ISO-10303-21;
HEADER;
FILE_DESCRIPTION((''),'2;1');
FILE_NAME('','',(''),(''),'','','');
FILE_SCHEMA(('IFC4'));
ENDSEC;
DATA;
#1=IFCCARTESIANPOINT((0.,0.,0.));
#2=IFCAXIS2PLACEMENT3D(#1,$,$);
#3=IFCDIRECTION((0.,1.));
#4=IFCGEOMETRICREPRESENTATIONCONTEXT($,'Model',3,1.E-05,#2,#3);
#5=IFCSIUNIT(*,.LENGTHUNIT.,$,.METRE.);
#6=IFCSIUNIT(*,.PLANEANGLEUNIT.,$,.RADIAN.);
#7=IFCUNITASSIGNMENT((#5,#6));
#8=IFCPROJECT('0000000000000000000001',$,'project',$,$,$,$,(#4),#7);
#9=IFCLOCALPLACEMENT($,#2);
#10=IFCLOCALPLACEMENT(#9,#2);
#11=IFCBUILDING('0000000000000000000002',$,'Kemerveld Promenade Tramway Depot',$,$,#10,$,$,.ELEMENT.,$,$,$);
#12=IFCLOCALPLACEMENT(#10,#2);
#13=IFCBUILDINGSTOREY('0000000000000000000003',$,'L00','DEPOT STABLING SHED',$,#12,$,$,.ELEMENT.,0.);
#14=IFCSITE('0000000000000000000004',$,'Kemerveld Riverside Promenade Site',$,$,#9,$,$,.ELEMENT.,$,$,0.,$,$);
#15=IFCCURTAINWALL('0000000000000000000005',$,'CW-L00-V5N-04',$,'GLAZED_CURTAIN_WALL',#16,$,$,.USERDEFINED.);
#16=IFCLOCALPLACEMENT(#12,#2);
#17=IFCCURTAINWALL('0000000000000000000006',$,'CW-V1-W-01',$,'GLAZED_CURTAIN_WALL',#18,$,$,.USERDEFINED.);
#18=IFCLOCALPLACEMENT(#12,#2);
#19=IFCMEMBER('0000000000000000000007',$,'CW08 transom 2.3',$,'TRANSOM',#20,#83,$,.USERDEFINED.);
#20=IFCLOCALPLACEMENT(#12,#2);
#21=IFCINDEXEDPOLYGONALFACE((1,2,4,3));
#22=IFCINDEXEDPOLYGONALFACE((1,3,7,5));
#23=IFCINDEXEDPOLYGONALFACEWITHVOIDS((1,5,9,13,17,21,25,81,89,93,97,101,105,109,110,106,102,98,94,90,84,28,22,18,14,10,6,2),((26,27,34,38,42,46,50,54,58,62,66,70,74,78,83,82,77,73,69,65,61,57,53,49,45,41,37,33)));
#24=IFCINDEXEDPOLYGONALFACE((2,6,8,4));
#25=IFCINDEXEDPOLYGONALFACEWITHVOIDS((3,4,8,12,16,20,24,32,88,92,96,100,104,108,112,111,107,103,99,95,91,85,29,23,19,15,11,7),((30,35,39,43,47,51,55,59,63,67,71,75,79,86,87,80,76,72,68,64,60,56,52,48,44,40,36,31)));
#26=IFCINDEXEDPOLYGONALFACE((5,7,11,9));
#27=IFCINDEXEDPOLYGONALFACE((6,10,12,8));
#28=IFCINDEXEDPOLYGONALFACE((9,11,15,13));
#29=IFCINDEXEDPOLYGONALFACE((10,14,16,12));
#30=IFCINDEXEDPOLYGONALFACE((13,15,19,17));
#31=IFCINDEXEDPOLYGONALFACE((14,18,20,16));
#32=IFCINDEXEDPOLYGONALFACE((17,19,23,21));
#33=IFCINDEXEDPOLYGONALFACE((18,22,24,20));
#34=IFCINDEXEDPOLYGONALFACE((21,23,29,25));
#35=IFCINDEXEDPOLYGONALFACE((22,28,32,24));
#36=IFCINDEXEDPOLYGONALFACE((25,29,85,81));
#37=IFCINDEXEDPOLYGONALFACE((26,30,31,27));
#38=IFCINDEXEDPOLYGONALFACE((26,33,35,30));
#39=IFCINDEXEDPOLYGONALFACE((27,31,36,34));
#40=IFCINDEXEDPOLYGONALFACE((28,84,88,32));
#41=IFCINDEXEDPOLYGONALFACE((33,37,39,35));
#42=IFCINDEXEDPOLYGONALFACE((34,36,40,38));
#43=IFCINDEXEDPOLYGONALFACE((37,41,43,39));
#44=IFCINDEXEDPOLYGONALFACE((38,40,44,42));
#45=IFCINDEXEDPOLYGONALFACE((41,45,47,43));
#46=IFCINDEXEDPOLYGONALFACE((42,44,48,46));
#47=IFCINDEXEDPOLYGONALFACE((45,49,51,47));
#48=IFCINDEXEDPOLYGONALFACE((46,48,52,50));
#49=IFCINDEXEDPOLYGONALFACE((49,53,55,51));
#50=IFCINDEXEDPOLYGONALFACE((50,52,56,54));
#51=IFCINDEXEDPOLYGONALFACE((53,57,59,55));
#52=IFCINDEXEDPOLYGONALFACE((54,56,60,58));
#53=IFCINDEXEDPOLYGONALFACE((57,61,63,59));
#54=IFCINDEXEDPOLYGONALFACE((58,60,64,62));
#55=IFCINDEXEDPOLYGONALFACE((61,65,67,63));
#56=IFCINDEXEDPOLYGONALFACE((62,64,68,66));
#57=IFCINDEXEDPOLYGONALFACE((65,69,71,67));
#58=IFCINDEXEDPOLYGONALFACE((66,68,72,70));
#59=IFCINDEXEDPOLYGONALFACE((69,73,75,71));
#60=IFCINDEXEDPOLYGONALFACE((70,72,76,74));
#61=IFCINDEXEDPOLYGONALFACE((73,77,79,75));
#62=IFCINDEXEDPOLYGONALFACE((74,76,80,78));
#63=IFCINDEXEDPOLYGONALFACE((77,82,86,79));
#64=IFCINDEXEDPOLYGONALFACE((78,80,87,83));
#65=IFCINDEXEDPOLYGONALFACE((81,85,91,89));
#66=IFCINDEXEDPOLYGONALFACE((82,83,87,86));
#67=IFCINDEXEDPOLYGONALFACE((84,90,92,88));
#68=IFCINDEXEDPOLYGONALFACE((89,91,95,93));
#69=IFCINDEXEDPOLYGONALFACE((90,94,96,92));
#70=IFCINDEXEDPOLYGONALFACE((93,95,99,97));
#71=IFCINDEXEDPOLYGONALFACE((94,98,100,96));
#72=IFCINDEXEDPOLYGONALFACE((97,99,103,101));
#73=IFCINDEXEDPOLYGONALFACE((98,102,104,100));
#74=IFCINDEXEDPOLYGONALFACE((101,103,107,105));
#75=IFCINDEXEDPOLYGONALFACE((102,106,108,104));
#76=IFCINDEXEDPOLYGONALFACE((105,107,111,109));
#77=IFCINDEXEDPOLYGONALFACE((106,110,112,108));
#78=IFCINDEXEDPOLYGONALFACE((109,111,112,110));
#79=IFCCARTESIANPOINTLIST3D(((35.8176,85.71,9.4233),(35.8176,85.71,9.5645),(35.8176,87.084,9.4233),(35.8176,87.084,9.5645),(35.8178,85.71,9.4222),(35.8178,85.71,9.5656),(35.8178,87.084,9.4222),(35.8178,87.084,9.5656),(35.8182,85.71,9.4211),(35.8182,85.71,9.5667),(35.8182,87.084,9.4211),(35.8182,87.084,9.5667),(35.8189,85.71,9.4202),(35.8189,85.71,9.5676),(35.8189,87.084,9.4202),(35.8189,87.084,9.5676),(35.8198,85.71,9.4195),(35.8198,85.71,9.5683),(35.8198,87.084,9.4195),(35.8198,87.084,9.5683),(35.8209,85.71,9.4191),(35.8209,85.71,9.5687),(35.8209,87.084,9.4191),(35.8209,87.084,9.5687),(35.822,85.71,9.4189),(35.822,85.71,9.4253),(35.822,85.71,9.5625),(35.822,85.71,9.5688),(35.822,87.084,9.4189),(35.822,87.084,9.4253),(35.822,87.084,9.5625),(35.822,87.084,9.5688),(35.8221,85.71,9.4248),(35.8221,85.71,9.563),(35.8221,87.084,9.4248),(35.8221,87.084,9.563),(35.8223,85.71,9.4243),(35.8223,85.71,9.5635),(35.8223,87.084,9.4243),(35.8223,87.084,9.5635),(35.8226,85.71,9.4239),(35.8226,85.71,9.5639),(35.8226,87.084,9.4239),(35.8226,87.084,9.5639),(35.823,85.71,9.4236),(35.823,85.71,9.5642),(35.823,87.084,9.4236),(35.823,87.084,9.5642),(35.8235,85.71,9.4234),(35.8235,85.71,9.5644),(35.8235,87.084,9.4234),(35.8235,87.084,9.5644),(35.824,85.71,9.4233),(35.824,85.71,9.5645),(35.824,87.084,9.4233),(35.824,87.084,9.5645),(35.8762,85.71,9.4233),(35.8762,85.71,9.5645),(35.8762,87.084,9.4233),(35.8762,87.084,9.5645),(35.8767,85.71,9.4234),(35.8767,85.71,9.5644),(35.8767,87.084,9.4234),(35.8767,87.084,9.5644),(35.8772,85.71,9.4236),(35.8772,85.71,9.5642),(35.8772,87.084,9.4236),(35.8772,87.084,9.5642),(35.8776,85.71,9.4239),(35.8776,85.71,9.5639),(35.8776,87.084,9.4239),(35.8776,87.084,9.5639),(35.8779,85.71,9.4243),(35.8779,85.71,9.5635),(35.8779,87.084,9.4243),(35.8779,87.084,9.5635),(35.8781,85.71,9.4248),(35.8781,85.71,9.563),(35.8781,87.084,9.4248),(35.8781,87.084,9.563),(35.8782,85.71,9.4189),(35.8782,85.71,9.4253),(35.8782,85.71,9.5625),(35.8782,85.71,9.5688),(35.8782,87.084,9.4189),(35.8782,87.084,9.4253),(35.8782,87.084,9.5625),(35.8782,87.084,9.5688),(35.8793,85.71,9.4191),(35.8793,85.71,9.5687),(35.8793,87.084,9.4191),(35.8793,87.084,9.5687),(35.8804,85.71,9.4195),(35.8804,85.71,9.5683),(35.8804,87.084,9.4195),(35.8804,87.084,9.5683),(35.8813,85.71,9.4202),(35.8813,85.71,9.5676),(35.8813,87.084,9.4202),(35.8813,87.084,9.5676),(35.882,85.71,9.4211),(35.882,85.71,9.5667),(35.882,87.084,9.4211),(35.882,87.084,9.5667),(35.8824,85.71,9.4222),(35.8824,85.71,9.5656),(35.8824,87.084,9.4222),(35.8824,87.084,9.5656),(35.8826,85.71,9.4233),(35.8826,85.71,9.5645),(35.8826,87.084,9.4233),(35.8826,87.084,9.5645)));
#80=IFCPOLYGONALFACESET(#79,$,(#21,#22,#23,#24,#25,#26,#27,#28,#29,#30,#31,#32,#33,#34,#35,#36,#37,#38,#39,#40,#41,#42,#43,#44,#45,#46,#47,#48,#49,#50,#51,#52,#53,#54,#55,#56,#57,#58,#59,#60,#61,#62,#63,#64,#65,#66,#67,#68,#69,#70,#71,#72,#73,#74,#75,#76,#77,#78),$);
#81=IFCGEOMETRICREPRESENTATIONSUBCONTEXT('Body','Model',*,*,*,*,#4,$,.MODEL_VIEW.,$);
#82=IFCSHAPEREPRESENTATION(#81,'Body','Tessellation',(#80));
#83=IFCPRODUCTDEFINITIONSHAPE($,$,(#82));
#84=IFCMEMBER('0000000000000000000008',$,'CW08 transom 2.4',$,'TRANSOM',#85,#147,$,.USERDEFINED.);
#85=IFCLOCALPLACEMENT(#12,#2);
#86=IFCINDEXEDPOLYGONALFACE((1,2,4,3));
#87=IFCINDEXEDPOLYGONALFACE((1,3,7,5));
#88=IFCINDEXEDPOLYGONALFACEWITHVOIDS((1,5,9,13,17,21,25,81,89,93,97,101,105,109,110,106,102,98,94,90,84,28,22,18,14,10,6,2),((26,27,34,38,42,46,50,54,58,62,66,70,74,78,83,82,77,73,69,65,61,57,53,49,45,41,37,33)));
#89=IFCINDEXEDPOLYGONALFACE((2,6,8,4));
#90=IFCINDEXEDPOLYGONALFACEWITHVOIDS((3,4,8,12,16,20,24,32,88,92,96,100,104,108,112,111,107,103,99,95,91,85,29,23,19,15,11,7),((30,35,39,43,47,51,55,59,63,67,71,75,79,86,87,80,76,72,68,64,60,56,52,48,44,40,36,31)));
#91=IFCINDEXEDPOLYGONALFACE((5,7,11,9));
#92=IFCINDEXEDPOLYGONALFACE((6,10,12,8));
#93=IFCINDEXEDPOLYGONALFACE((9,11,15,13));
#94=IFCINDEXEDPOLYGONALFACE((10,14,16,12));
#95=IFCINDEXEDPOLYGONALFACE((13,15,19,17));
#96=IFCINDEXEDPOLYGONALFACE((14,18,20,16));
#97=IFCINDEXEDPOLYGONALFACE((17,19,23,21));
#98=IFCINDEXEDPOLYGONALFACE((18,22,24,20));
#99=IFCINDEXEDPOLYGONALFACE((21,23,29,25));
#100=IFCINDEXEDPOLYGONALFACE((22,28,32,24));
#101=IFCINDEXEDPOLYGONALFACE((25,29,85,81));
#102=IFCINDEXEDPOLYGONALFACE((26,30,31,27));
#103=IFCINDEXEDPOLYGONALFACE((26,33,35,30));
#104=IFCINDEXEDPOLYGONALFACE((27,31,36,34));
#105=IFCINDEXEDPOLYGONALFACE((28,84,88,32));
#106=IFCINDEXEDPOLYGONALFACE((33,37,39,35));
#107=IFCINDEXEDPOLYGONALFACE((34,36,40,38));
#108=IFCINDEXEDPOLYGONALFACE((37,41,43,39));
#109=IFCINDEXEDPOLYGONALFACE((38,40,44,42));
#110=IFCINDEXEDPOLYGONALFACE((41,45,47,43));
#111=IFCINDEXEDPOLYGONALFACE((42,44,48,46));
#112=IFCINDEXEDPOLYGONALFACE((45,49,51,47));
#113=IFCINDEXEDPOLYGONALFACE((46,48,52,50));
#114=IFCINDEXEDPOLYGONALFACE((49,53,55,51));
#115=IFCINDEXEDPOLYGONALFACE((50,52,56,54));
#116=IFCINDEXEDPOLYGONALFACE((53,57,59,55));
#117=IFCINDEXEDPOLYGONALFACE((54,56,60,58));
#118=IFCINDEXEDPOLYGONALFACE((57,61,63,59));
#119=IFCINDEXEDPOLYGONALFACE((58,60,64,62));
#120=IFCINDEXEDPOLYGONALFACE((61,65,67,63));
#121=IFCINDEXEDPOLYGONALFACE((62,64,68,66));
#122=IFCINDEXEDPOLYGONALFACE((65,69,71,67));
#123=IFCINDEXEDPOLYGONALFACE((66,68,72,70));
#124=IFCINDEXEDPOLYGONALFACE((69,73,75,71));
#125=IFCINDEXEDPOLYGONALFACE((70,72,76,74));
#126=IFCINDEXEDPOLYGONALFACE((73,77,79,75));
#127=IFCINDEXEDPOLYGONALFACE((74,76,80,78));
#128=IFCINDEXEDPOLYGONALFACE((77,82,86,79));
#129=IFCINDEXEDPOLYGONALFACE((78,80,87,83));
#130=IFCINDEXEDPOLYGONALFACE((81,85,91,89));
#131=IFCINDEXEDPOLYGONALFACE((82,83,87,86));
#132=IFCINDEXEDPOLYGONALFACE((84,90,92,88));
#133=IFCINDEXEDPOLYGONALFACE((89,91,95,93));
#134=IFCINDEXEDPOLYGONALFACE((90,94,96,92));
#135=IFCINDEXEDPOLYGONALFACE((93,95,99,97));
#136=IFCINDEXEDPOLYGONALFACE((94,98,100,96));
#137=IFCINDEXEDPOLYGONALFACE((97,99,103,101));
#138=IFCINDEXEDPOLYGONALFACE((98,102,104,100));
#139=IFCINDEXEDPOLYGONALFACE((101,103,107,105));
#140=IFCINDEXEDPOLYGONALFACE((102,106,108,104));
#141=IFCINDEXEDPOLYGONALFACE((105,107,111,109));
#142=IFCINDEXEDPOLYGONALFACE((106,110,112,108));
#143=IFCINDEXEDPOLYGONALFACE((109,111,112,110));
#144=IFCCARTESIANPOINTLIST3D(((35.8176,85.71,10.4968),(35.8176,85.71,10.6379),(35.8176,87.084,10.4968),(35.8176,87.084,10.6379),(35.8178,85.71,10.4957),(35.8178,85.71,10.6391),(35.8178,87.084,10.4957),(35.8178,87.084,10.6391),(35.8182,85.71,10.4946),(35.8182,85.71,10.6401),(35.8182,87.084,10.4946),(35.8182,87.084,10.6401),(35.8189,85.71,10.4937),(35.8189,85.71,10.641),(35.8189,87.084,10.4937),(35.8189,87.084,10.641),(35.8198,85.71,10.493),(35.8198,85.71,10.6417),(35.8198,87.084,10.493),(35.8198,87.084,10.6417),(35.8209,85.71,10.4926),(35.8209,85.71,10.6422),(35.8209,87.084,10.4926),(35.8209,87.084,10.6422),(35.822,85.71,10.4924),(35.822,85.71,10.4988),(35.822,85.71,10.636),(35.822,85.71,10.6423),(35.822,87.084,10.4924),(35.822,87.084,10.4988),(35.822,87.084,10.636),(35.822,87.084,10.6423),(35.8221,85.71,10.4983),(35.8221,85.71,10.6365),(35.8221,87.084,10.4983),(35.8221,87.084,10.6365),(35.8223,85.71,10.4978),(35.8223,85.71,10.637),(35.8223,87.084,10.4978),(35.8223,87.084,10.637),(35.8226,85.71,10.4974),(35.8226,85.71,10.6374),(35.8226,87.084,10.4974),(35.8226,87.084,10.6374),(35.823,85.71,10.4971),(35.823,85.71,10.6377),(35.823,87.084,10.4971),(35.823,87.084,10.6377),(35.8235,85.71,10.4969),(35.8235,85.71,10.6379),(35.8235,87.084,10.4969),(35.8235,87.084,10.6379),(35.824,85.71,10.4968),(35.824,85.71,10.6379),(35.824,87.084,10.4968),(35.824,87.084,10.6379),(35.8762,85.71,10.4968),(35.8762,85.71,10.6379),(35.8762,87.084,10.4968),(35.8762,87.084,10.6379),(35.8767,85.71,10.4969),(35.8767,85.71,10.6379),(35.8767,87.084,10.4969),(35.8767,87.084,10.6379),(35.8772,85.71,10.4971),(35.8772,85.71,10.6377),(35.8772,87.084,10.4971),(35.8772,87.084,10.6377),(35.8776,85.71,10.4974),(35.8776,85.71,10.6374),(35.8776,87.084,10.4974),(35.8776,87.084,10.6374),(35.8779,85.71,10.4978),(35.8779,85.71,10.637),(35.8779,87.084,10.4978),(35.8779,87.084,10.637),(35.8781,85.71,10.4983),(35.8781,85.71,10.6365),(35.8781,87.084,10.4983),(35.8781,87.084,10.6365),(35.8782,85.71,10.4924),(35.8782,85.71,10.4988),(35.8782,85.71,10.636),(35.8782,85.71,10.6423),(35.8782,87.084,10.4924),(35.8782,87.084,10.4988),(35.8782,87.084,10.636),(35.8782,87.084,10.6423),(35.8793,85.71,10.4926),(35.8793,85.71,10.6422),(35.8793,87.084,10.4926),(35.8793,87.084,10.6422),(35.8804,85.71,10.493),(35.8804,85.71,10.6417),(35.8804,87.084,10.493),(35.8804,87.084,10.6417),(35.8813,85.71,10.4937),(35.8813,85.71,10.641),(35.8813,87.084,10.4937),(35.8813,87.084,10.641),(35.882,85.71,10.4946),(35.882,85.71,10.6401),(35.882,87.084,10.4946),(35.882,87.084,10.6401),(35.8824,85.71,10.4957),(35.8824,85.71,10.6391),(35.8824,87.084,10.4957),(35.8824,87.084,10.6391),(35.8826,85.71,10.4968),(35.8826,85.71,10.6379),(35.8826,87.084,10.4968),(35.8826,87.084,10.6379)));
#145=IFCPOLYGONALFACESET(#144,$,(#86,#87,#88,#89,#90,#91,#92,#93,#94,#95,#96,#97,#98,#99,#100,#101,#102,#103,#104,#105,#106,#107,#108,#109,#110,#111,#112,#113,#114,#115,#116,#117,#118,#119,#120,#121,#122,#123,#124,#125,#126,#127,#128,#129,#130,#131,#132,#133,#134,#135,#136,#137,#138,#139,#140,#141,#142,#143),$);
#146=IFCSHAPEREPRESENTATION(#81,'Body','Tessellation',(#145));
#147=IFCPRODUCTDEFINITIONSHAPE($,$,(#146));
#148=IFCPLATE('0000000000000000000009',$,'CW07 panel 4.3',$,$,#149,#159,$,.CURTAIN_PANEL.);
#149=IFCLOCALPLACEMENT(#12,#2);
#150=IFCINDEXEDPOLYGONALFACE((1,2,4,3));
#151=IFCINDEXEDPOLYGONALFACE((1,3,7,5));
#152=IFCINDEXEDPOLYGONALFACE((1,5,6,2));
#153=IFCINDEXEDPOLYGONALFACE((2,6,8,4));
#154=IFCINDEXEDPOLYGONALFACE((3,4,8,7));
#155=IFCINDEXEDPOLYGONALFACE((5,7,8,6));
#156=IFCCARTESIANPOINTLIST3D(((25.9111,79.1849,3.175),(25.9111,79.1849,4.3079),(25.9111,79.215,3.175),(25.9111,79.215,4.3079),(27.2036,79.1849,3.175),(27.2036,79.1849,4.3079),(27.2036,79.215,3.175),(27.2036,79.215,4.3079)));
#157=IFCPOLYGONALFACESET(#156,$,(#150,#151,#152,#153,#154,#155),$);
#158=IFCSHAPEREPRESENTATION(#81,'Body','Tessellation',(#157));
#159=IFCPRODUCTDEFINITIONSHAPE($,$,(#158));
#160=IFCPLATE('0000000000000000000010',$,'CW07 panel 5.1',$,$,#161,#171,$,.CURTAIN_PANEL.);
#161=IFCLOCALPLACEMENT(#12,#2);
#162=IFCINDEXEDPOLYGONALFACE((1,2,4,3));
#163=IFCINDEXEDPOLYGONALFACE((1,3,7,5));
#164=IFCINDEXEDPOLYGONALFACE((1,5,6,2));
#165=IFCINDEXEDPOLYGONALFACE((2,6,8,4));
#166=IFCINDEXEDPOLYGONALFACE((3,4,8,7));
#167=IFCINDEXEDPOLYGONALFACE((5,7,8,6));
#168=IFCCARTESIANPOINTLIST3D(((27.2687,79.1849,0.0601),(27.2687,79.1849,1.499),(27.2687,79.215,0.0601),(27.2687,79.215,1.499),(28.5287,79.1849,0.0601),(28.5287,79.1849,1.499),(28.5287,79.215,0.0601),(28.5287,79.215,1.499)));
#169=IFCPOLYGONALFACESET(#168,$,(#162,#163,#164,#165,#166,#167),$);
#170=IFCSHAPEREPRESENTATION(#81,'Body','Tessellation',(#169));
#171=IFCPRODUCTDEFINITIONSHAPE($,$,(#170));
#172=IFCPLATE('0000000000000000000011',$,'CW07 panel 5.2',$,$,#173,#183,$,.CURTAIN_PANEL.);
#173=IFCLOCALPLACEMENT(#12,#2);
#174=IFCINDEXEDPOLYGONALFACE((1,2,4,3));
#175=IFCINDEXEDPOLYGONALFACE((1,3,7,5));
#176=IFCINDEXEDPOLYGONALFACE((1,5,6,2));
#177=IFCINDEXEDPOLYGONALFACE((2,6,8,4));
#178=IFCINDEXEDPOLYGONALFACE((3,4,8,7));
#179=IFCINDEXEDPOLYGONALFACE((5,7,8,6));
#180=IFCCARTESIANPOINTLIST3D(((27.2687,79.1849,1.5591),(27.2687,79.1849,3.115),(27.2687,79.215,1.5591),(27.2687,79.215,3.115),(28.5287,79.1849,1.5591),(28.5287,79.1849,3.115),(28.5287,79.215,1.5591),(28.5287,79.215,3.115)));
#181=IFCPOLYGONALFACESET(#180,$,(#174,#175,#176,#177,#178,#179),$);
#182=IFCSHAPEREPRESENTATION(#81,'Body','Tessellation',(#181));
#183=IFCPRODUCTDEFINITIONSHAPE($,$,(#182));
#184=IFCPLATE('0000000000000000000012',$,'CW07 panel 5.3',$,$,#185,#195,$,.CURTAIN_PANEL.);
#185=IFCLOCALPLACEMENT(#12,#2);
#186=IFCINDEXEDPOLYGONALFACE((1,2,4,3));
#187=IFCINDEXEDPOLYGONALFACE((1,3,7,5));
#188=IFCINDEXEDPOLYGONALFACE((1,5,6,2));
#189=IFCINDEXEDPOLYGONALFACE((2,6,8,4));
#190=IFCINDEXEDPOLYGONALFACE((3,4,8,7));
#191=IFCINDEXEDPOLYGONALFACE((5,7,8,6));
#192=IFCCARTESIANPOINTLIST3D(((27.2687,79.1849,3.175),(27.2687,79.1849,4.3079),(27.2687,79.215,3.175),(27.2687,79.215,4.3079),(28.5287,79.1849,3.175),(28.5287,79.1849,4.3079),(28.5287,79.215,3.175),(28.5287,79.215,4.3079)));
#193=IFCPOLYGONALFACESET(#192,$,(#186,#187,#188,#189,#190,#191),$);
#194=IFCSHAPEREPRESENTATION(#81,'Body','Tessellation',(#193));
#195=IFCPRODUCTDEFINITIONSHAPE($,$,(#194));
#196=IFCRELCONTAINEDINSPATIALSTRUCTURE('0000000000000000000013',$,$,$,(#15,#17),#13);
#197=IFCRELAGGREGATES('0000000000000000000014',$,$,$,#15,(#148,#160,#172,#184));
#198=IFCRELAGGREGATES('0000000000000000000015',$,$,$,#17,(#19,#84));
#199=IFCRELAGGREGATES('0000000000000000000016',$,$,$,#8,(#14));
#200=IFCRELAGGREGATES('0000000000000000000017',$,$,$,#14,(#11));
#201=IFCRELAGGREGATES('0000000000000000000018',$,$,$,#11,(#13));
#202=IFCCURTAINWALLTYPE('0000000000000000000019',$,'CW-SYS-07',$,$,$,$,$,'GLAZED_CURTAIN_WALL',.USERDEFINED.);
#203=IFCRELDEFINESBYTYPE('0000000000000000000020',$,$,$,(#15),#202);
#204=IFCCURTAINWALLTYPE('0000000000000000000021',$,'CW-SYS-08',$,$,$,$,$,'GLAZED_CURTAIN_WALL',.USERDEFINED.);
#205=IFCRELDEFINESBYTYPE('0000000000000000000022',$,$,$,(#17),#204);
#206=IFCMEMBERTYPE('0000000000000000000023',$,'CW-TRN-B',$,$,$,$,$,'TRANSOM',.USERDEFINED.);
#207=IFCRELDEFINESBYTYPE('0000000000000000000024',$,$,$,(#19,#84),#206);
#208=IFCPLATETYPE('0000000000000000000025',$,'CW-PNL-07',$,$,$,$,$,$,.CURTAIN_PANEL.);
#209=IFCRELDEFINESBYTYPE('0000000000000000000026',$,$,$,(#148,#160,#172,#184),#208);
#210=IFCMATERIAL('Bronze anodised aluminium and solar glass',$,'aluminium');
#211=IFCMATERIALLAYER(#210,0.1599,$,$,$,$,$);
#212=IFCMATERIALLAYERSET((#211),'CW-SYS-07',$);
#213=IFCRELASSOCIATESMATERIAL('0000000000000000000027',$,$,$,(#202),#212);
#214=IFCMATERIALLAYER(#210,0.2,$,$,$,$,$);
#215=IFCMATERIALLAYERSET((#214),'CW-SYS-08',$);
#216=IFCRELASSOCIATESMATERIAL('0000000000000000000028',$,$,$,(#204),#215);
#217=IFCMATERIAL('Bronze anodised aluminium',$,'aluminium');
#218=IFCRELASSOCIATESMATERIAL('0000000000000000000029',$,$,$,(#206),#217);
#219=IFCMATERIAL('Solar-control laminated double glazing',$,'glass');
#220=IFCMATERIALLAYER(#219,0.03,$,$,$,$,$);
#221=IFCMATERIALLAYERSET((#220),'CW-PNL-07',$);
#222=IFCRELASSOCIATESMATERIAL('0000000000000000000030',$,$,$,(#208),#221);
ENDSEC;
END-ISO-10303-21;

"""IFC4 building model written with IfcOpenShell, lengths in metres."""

from ifc_helpers import new_model, si_unit, direction, frame, origin, origin_2d, place, context, subcontext, project, spatial, rectangle, hollow_rectangle, extrude, material, layer, layer_set, material_profile, profile_set, type_object, element, aggregate, save


model = new_model("IFC4")

# Units and contexts
model_context = context("Model", 3, precision=1e-05, world=origin(), true_north=direction((0.0, 1.0)))
body_context = subcontext(model_context, "Body", "Model", "MODEL_VIEW")
ifc_project = project(units=[si_unit("LENGTHUNIT", "METRE"), si_unit("PLANEANGLEUNIT", "RADIAN")], contexts=[model_context])

# Site, building, storey
site_placement = place(None, origin())
site = spatial("IfcSite", under=ifc_project, at=site_placement, Name="Kemerveld Riverside Promenade Site", CompositionType="ELEMENT", RefElevation=0.0)
building_placement = place(site_placement, origin())
building = spatial("IfcBuilding", under=site, at=building_placement, Name="Kemerveld Promenade Tramway Depot", CompositionType="ELEMENT")
storey_placement = place(building_placement, origin())
storey = spatial("IfcBuildingStorey", under=building, at=storey_placement, Name="L00", Description="DEPOT STABLING SHED", CompositionType="ELEMENT", Elevation=0.0)

# Curtain walls
ifc_material_1 = material(Name="Bronze anodised aluminium and solar glass", Category="aluminium")
ifc_layer_1 = layer(ifc_material_1, 0.1599)
ifc_layer_set_1 = layer_set([ifc_layer_1], Name="CW-SYS-07")
curtain_wall_type_1 = type_object("IfcCurtainWallType", Name="CW-SYS-07", ElementType="GLAZED_CURTAIN_WALL", PredefinedType="USERDEFINED", material=ifc_layer_set_1)
curtain_wall_1_placement = place(storey_placement, origin())
curtain_wall_1 = element("IfcCurtainWall", 1, at=curtain_wall_1_placement, inside=storey, type_object=curtain_wall_type_1, Name="CW-L00-V5N-04", ObjectType="GLAZED_CURTAIN_WALL", PredefinedType="USERDEFINED")
ifc_material_2 = material(Name="Bronze anodised aluminium", Category="aluminium")
ifc_layer_2 = layer(ifc_material_1, 0.2)
ifc_layer_set_2 = layer_set([ifc_layer_2], Name="CW-SYS-08")
curtain_wall_type_2 = type_object("IfcCurtainWallType", Name="CW-SYS-08", ElementType="GLAZED_CURTAIN_WALL", PredefinedType="USERDEFINED", material=ifc_layer_set_2)
curtain_wall_2_placement = place(storey_placement, origin())
curtain_wall_2 = element("IfcCurtainWall", 2, at=curtain_wall_2_placement, inside=storey, type_object=curtain_wall_type_2, Name="CW-V1-W-01", ObjectType="GLAZED_CURTAIN_WALL", PredefinedType="USERDEFINED")

# Members
ifc_material_profile_1 = material_profile(ifc_material_2, hollow_rectangle(XDim=0.0649, YDim=0.1499, WallThickness=0.0044, InnerFilletRadius=0.002, OuterFilletRadius=0.0044, at=origin_2d()), Name="CW-TRN-150x65")
ifc_profile_set_1 = profile_set([ifc_material_profile_1], Name="Bronze anodised aluminium")
member_type_1 = type_object("IfcMemberType", Name="CW-TRN-B", ElementType="TRANSOM", PredefinedType="USERDEFINED", material=ifc_profile_set_1)
member_1_placement = place(storey_placement, frame((35.8501, 85.71, 9.4939), z_axis=(0.0, 1.0, 0.0), x_axis=(-1.0, 0.0, 0.0)))
member_1 = element("IfcMember", 3, at=member_1_placement, type_object=member_type_1, Name="CW08 transom 2.3", ObjectType="TRANSOM", PredefinedType="USERDEFINED", context=body_context, shape_type="SweptSolid", body=[
    extrude(hollow_rectangle(XDim=0.0649, YDim=0.1499, WallThickness=0.0044, InnerFilletRadius=0.002, OuterFilletRadius=0.0044, at=origin_2d()), origin(), (0.0, 0.0, 1.0), 1.374),
])
member_2_placement = place(storey_placement, frame((35.8501, 85.71, 10.5674), z_axis=(0.0, 1.0, 0.0), x_axis=(-1.0, 0.0, 0.0)))
member_2 = element("IfcMember", 4, at=member_2_placement, type_object=member_type_1, Name="CW08 transom 2.4", ObjectType="TRANSOM", PredefinedType="USERDEFINED", context=body_context, shape_type="SweptSolid", body=[
    extrude(hollow_rectangle(XDim=0.0649, YDim=0.1499, WallThickness=0.0044, InnerFilletRadius=0.002, OuterFilletRadius=0.0044, at=origin_2d()), origin(), (0.0, 0.0, 1.0), 1.374),
])

# Plates
ifc_material_3 = material(Name="Solar-control laminated double glazing", Category="glass")
ifc_layer_3 = layer(ifc_material_3, 0.03)
ifc_layer_set_3 = layer_set([ifc_layer_3], Name="CW-PNL-07")
plate_type_1 = type_object("IfcPlateType", Name="CW-PNL-07", PredefinedType="CURTAIN_PANEL", material=ifc_layer_set_3)
plate_1_placement = place(storey_placement, frame((26.5574, 79.2, 3.175), z_axis=(0.0, 0.0, 1.0), x_axis=(1.0, 0.0, 0.0)))
plate_1 = element("IfcPlate", 5, at=plate_1_placement, type_object=plate_type_1, Name="CW07 panel 4.3", PredefinedType="CURTAIN_PANEL", context=body_context, shape_type="SweptSolid", body=[
    extrude(rectangle(XDim=1.2925, YDim=0.03, at=origin_2d()), origin(), (0.0, 0.0, 1.0), 1.1328),
])
plate_2_placement = place(storey_placement, frame((27.8987, 79.2, 0.0601), z_axis=(0.0, 0.0, 1.0), x_axis=(1.0, 0.0, 0.0)))
plate_2 = element("IfcPlate", 6, at=plate_2_placement, type_object=plate_type_1, Name="CW07 panel 5.1", PredefinedType="CURTAIN_PANEL", context=body_context, shape_type="SweptSolid", body=[
    extrude(rectangle(XDim=1.26, YDim=0.03, at=origin_2d()), origin(), (0.0, 0.0, 1.0), 1.439),
])
plate_3_placement = place(storey_placement, frame((27.8987, 79.2, 1.5591), z_axis=(0.0, 0.0, 1.0), x_axis=(1.0, 0.0, 0.0)))
plate_3 = element("IfcPlate", 7, at=plate_3_placement, type_object=plate_type_1, Name="CW07 panel 5.2", PredefinedType="CURTAIN_PANEL", context=body_context, shape_type="SweptSolid", body=[
    extrude(rectangle(XDim=1.26, YDim=0.03, at=origin_2d()), origin(), (0.0, 0.0, 1.0), 1.5559),
])
plate_4_placement = place(storey_placement, frame((27.8987, 79.2, 3.175), z_axis=(0.0, 0.0, 1.0), x_axis=(1.0, 0.0, 0.0)))
plate_4 = element("IfcPlate", 8, at=plate_4_placement, type_object=plate_type_1, Name="CW07 panel 5.3", PredefinedType="CURTAIN_PANEL", context=body_context, shape_type="SweptSolid", body=[
    extrude(rectangle(XDim=1.26, YDim=0.03, at=origin_2d()), origin(), (0.0, 0.0, 1.0), 1.1328),
])
aggregate(curtain_wall_1, [plate_1, plate_2, plate_3, plate_4])
aggregate(curtain_wall_2, [member_1, member_2])

save(model, "model.ifc")
